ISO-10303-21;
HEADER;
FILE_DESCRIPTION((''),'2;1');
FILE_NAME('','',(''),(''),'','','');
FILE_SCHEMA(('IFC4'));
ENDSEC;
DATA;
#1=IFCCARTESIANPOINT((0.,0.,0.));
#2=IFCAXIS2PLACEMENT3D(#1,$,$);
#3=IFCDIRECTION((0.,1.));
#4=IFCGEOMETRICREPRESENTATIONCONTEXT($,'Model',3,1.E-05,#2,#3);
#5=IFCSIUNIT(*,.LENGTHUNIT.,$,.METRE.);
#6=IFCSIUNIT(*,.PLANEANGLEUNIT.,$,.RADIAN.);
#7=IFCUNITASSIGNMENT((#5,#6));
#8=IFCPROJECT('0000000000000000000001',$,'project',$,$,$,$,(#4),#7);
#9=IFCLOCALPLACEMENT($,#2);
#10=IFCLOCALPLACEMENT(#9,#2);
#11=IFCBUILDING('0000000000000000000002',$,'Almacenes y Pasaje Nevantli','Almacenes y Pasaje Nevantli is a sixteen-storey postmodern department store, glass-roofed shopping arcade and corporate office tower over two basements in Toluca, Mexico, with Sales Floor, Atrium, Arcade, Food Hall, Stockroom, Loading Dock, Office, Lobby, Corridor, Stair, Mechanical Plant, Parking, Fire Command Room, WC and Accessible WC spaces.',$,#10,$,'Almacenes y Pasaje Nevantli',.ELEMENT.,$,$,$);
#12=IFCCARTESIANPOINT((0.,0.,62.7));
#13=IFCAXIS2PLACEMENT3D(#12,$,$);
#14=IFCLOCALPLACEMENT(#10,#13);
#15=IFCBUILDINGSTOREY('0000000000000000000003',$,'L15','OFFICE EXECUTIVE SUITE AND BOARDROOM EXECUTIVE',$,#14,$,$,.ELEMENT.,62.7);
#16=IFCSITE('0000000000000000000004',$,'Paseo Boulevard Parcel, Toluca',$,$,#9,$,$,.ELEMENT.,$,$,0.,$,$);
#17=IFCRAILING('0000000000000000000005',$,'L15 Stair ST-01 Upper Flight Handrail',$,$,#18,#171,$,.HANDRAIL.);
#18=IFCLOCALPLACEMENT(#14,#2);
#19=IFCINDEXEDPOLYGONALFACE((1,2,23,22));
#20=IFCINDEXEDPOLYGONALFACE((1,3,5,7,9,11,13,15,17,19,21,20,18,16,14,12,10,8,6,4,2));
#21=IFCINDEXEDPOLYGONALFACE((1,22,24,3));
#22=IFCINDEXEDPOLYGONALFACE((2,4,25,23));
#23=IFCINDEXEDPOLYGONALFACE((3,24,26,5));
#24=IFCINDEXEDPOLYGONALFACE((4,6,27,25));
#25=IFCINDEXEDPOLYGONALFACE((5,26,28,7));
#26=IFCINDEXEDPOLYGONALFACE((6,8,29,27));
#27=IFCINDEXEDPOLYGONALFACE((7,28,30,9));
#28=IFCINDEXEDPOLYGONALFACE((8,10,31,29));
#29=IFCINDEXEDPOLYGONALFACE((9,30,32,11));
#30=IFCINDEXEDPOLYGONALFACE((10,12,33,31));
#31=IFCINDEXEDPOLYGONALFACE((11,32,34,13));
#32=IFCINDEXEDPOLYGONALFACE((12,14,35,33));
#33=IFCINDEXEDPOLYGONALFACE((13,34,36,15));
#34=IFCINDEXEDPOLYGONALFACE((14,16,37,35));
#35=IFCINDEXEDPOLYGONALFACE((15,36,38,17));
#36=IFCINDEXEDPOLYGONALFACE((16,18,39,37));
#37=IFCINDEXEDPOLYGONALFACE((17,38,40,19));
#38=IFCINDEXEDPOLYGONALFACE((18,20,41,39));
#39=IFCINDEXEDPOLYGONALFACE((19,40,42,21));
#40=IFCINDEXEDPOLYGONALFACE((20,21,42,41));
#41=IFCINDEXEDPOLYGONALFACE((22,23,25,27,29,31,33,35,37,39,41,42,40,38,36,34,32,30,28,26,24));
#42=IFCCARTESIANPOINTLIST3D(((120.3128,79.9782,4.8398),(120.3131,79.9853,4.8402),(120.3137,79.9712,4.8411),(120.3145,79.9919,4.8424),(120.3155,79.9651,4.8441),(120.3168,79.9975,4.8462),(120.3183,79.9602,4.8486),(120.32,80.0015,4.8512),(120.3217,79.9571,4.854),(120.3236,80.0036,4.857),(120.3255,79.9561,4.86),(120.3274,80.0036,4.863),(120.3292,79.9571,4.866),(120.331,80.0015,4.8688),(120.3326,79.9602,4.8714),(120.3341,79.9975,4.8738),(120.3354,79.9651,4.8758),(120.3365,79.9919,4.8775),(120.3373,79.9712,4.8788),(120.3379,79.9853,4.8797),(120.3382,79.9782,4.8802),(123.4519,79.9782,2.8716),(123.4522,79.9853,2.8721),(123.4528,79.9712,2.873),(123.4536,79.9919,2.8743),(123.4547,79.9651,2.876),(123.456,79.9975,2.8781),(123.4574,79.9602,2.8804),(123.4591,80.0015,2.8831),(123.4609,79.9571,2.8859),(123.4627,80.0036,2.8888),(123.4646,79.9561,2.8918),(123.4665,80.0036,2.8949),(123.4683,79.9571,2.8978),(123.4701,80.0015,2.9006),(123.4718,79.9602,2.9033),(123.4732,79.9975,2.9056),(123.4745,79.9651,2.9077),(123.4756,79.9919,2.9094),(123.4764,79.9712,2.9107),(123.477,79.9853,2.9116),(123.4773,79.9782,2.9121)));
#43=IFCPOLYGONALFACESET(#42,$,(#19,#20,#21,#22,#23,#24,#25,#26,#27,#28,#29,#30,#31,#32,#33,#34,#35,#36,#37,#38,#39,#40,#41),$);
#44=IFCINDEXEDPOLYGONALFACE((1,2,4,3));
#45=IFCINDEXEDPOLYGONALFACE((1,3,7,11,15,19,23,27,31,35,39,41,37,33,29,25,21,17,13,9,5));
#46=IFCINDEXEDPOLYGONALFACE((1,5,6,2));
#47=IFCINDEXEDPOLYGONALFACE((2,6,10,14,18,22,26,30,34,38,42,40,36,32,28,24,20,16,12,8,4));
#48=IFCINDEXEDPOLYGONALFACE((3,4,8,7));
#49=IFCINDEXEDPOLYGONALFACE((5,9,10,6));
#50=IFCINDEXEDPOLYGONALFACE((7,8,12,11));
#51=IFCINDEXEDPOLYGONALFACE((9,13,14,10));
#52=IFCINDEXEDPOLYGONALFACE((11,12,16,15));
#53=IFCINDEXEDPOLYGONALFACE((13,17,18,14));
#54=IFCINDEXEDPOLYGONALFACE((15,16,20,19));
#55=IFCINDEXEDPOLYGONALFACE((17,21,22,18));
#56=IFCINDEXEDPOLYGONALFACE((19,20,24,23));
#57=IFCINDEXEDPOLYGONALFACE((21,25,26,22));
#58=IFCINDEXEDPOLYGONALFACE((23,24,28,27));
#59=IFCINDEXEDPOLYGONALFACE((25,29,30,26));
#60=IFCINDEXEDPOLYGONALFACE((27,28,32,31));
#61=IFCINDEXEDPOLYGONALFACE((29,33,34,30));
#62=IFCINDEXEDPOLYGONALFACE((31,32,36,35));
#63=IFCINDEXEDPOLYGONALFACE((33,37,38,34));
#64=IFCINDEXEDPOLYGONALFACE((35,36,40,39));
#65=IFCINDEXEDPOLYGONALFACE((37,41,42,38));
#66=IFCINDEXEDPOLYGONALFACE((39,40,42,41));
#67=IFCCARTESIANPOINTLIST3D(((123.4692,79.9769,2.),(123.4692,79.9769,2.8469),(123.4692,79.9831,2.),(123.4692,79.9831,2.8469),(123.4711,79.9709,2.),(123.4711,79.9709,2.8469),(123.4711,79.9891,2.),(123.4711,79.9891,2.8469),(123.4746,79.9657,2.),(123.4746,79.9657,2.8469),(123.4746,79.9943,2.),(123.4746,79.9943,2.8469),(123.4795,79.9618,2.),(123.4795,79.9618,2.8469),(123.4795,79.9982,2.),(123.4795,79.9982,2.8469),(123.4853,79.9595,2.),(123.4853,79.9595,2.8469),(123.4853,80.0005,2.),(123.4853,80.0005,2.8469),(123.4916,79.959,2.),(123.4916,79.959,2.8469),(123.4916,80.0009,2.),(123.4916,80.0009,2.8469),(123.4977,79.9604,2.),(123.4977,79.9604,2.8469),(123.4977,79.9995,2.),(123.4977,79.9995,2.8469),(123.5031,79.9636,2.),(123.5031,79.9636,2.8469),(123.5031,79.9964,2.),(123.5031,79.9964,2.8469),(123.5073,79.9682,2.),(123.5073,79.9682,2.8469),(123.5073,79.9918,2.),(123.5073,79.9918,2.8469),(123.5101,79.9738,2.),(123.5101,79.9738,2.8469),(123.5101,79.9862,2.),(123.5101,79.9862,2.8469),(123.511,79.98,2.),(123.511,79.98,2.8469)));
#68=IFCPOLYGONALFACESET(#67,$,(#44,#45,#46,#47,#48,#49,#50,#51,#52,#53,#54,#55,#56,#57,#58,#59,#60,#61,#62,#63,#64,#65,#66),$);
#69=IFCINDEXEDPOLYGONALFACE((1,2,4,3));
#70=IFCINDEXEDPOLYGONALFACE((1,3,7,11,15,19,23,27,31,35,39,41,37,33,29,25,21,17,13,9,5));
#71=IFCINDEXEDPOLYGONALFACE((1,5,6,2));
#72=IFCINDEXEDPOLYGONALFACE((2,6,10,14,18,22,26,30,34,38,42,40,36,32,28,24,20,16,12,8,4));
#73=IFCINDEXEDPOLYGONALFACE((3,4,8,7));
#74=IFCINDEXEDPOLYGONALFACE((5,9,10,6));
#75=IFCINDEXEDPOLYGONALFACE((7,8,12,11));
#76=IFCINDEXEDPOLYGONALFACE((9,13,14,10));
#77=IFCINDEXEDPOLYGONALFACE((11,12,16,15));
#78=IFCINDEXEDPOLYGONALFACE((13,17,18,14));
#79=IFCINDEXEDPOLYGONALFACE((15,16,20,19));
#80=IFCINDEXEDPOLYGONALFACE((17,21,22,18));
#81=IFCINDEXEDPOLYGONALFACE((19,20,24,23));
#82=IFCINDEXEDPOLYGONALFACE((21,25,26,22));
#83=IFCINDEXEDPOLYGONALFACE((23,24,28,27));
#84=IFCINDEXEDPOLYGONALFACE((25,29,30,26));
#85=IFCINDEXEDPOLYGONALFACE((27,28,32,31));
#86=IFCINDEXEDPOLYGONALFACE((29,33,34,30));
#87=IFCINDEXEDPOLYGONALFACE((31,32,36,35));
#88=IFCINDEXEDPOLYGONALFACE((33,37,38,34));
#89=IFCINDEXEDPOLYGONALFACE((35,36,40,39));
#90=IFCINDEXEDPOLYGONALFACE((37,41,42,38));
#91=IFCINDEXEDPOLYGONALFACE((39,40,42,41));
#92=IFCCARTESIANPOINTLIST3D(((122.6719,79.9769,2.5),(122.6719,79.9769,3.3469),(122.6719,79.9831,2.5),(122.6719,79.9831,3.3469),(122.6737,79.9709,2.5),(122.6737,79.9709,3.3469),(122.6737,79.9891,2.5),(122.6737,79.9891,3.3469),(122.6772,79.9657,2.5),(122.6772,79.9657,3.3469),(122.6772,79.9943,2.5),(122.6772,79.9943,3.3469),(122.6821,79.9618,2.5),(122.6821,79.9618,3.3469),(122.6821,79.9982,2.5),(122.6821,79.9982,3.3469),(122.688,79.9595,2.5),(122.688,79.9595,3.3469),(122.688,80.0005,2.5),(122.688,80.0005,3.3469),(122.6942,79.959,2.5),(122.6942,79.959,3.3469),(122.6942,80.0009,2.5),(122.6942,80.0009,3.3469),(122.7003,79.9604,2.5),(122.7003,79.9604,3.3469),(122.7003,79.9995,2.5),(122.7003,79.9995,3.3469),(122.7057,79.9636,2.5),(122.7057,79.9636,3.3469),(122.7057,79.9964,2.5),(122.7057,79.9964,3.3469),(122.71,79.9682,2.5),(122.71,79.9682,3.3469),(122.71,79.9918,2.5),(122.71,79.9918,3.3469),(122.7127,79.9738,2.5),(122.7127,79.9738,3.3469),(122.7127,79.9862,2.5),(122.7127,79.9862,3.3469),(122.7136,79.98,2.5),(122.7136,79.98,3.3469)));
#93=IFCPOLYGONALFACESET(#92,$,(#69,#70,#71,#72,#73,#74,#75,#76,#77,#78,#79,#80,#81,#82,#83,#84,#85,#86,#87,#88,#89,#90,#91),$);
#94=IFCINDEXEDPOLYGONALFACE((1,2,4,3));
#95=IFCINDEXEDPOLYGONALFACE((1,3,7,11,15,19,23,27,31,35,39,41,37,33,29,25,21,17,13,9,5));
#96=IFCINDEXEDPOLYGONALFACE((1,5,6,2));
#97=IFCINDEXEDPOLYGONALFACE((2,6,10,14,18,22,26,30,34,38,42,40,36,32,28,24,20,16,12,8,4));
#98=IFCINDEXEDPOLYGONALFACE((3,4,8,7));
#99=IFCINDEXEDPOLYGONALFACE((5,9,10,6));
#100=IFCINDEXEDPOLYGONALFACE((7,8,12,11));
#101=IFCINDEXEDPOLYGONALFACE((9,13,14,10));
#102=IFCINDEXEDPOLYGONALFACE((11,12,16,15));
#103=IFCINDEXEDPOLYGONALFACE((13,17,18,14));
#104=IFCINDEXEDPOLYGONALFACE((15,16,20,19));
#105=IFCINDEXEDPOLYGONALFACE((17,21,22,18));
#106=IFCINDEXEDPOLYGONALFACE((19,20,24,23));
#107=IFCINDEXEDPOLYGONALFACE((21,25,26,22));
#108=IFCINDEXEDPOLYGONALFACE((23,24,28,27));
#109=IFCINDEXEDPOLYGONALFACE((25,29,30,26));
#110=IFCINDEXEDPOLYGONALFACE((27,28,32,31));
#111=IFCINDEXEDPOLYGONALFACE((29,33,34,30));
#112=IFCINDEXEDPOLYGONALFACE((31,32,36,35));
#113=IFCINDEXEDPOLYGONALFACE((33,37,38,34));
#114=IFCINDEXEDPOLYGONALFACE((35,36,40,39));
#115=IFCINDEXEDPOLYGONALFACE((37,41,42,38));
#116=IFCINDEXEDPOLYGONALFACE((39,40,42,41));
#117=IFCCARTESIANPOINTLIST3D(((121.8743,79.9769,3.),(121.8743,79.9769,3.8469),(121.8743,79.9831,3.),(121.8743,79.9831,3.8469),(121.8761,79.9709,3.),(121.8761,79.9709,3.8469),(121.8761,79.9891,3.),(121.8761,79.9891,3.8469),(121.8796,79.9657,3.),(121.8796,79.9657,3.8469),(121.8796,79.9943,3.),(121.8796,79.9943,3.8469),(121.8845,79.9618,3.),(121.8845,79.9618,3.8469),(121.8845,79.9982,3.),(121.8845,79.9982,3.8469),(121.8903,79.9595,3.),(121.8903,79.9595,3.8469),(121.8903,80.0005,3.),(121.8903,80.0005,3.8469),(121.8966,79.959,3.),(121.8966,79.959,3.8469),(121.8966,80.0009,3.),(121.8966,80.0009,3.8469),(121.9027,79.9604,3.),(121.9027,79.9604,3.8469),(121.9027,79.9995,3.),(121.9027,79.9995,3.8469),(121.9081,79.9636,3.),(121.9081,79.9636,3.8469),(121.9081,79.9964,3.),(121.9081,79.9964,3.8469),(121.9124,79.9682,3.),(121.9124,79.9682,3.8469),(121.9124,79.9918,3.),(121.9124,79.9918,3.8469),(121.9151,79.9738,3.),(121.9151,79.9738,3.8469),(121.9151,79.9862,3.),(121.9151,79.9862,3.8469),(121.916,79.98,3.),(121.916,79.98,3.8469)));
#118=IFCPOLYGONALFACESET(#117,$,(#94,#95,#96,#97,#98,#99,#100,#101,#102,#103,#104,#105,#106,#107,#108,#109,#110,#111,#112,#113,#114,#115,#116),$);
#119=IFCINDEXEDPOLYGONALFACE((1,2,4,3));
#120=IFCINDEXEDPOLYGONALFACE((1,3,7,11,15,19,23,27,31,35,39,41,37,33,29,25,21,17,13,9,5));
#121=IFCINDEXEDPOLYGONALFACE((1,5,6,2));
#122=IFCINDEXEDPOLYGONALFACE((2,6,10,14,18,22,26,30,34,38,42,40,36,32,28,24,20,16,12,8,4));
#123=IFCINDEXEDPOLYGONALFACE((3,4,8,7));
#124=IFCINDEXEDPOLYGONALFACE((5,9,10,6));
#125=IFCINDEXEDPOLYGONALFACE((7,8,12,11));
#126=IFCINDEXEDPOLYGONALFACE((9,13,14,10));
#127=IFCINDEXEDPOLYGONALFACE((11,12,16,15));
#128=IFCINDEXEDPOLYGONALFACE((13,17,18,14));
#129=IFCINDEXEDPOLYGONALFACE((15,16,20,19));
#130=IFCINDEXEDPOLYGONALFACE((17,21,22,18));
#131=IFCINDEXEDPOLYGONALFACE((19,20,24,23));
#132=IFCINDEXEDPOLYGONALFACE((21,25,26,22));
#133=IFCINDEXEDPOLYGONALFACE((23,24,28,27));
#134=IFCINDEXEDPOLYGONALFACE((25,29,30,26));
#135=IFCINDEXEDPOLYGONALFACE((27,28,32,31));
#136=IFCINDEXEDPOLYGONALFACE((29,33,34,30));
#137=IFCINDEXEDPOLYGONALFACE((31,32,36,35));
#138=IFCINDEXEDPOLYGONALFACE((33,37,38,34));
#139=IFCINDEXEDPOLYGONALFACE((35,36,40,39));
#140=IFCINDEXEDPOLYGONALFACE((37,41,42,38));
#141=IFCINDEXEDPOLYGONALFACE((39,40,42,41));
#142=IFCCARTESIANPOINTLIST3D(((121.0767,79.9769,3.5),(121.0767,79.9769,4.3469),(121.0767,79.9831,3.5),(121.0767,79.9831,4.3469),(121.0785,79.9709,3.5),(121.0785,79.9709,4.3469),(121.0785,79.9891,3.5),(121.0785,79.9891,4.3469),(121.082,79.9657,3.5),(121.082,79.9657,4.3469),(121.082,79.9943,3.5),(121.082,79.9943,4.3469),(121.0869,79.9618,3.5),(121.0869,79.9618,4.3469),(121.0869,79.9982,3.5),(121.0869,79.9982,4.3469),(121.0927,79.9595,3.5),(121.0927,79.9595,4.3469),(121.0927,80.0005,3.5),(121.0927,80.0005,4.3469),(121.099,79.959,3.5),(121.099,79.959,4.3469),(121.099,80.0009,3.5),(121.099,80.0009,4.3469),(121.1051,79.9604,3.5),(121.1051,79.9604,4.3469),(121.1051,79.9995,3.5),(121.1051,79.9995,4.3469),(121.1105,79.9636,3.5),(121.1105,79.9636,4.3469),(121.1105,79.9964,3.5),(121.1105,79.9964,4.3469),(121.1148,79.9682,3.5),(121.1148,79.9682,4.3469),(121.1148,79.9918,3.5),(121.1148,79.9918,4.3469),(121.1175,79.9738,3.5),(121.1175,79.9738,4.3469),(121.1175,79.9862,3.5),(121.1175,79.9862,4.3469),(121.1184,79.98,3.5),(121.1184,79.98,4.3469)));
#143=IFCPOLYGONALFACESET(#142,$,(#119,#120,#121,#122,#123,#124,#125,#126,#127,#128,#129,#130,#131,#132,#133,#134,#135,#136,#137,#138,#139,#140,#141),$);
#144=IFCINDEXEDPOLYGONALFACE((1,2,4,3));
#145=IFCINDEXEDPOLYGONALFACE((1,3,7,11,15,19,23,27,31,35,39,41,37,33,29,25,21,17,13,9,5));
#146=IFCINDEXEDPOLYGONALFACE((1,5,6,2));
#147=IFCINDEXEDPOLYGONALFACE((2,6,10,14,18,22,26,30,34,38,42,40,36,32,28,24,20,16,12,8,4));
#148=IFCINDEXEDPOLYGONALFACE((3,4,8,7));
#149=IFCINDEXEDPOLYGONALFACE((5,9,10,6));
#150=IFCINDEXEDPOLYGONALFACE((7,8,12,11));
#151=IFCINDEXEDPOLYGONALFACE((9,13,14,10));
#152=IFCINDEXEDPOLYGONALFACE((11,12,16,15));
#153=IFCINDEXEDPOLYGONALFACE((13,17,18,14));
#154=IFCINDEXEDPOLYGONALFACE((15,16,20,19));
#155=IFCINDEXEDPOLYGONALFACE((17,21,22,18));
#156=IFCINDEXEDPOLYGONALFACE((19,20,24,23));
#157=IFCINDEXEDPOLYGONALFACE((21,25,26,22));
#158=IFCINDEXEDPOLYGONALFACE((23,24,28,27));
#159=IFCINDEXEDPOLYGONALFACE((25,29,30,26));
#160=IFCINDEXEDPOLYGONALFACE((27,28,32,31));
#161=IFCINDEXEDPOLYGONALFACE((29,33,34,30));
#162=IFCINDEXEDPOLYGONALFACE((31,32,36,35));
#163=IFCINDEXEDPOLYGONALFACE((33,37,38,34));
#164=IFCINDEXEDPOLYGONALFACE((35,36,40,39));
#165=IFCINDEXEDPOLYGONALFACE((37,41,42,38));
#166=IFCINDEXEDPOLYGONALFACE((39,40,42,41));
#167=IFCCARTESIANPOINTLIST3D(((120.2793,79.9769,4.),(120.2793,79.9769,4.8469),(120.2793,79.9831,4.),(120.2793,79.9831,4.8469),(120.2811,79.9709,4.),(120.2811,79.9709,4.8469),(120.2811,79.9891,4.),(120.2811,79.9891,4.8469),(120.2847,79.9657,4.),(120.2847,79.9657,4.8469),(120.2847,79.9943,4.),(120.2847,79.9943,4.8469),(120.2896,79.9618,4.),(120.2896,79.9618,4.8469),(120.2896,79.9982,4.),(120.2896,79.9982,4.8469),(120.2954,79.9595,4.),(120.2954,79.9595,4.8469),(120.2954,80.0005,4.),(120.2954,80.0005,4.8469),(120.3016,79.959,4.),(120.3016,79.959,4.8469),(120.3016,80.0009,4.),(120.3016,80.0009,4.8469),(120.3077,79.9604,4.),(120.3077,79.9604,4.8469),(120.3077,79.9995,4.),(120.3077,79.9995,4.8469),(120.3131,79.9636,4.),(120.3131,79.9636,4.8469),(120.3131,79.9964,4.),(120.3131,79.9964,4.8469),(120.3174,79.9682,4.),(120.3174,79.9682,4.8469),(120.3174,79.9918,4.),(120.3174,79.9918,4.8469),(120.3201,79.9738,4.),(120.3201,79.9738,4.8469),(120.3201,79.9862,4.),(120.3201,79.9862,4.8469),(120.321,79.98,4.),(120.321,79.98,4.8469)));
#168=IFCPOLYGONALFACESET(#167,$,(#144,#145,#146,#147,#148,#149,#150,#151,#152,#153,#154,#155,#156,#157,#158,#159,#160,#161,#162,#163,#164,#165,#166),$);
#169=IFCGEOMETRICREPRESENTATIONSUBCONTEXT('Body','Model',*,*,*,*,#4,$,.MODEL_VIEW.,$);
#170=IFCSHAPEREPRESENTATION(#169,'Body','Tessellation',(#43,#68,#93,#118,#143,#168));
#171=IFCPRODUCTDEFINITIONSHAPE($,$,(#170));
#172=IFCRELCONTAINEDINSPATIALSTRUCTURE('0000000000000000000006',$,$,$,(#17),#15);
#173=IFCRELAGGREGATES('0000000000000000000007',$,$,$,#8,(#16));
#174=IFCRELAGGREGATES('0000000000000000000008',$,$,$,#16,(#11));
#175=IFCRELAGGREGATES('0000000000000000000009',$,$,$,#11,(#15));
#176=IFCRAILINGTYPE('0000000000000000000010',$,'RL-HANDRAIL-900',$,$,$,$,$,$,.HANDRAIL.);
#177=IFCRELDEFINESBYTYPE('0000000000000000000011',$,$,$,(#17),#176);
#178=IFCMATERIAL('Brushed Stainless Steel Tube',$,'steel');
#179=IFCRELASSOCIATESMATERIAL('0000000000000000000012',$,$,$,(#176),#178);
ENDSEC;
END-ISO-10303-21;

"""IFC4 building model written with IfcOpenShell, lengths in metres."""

from ifc_helpers import new_model, si_unit, direction, frame, origin, origin_2d, place, context, subcontext, project, spatial, circle, extrude, material, type_object, element, save


model = new_model("IFC4")

# Units and contexts
model_context = context("Model", 3, precision=1e-05, world=origin(), true_north=direction((0.0, 1.0)))
body_context = subcontext(model_context, "Body", "Model", "MODEL_VIEW")
ifc_project = project(units=[si_unit("LENGTHUNIT", "METRE"), si_unit("PLANEANGLEUNIT", "RADIAN")], contexts=[model_context])

# Site, building, storey
site_placement = place(None, origin())
site = spatial("IfcSite", under=ifc_project, at=site_placement, Name="Paseo Boulevard Parcel, Toluca", CompositionType="ELEMENT", RefElevation=0.0)
building_placement = place(site_placement, origin())
building = spatial("IfcBuilding", under=site, at=building_placement, Name="Almacenes y Pasaje Nevantli", Description="Almacenes y Pasaje Nevantli is a sixteen-storey postmodern department store, glass-roofed shopping arcade and corporate office tower over two basements in Toluca, Mexico, with Sales Floor, Atrium, Arcade, Food Hall, Stockroom, Loading Dock, Office, Lobby, Corridor, Stair, Mechanical Plant, Parking, Fire Command Room, WC and Accessible WC spaces.", LongName="Almacenes y Pasaje Nevantli", CompositionType="ELEMENT")
storey_placement = place(building_placement, frame((0.0, 0.0, 62.7)))
storey = spatial("IfcBuildingStorey", under=building, at=storey_placement, Name="L15", Description="OFFICE EXECUTIVE SUITE AND BOARDROOM EXECUTIVE", CompositionType="ELEMENT", Elevation=62.7)

# Railing
ifc_material_1 = material(Name="Brushed Stainless Steel Tube", Category="steel")
railing_type_1 = type_object("IfcRailingType", Name="RL-HANDRAIL-900", PredefinedType="HANDRAIL", material=ifc_material_1)
railing_1_placement = place(storey_placement, frame((123.49, 79.98, 2.0)))
element("IfcRailing", 1, at=railing_1_placement, inside=storey, type_object=railing_type_1, Name="L15 Stair ST-01 Upper Flight Handrail", PredefinedType="HANDRAIL", context=body_context, shape_type="SweptSolid", body=[
    extrude(circle(Radius=0.0239, at=origin_2d()), frame((-0.0254, 0.0, 0.8918), z_axis=(-0.847247, 0.0, 0.531199), x_axis=(0.0, -1.0, 0.0)), (0.0, 0.0, 1.0), 3.7051),
    extrude(circle(Radius=0.021, at=origin_2d()), origin(), (0.0, 0.0, 1.0), 0.8469),
    extrude(circle(Radius=0.021, at=origin_2d()), frame((-0.7974, 0.0, 0.5)), (0.0, 0.0, 1.0), 0.8469),
    extrude(circle(Radius=0.021, at=origin_2d()), frame((-1.595, 0.0, 1.0)), (0.0, 0.0, 1.0), 0.8469),
    extrude(circle(Radius=0.021, at=origin_2d()), frame((-2.3926, 0.0, 1.5)), (0.0, 0.0, 1.0), 0.8469),
    extrude(circle(Radius=0.021, at=origin_2d()), frame((-3.1899, 0.0, 2.0)), (0.0, 0.0, 1.0), 0.8469),
])

save(model, "model.ifc")
